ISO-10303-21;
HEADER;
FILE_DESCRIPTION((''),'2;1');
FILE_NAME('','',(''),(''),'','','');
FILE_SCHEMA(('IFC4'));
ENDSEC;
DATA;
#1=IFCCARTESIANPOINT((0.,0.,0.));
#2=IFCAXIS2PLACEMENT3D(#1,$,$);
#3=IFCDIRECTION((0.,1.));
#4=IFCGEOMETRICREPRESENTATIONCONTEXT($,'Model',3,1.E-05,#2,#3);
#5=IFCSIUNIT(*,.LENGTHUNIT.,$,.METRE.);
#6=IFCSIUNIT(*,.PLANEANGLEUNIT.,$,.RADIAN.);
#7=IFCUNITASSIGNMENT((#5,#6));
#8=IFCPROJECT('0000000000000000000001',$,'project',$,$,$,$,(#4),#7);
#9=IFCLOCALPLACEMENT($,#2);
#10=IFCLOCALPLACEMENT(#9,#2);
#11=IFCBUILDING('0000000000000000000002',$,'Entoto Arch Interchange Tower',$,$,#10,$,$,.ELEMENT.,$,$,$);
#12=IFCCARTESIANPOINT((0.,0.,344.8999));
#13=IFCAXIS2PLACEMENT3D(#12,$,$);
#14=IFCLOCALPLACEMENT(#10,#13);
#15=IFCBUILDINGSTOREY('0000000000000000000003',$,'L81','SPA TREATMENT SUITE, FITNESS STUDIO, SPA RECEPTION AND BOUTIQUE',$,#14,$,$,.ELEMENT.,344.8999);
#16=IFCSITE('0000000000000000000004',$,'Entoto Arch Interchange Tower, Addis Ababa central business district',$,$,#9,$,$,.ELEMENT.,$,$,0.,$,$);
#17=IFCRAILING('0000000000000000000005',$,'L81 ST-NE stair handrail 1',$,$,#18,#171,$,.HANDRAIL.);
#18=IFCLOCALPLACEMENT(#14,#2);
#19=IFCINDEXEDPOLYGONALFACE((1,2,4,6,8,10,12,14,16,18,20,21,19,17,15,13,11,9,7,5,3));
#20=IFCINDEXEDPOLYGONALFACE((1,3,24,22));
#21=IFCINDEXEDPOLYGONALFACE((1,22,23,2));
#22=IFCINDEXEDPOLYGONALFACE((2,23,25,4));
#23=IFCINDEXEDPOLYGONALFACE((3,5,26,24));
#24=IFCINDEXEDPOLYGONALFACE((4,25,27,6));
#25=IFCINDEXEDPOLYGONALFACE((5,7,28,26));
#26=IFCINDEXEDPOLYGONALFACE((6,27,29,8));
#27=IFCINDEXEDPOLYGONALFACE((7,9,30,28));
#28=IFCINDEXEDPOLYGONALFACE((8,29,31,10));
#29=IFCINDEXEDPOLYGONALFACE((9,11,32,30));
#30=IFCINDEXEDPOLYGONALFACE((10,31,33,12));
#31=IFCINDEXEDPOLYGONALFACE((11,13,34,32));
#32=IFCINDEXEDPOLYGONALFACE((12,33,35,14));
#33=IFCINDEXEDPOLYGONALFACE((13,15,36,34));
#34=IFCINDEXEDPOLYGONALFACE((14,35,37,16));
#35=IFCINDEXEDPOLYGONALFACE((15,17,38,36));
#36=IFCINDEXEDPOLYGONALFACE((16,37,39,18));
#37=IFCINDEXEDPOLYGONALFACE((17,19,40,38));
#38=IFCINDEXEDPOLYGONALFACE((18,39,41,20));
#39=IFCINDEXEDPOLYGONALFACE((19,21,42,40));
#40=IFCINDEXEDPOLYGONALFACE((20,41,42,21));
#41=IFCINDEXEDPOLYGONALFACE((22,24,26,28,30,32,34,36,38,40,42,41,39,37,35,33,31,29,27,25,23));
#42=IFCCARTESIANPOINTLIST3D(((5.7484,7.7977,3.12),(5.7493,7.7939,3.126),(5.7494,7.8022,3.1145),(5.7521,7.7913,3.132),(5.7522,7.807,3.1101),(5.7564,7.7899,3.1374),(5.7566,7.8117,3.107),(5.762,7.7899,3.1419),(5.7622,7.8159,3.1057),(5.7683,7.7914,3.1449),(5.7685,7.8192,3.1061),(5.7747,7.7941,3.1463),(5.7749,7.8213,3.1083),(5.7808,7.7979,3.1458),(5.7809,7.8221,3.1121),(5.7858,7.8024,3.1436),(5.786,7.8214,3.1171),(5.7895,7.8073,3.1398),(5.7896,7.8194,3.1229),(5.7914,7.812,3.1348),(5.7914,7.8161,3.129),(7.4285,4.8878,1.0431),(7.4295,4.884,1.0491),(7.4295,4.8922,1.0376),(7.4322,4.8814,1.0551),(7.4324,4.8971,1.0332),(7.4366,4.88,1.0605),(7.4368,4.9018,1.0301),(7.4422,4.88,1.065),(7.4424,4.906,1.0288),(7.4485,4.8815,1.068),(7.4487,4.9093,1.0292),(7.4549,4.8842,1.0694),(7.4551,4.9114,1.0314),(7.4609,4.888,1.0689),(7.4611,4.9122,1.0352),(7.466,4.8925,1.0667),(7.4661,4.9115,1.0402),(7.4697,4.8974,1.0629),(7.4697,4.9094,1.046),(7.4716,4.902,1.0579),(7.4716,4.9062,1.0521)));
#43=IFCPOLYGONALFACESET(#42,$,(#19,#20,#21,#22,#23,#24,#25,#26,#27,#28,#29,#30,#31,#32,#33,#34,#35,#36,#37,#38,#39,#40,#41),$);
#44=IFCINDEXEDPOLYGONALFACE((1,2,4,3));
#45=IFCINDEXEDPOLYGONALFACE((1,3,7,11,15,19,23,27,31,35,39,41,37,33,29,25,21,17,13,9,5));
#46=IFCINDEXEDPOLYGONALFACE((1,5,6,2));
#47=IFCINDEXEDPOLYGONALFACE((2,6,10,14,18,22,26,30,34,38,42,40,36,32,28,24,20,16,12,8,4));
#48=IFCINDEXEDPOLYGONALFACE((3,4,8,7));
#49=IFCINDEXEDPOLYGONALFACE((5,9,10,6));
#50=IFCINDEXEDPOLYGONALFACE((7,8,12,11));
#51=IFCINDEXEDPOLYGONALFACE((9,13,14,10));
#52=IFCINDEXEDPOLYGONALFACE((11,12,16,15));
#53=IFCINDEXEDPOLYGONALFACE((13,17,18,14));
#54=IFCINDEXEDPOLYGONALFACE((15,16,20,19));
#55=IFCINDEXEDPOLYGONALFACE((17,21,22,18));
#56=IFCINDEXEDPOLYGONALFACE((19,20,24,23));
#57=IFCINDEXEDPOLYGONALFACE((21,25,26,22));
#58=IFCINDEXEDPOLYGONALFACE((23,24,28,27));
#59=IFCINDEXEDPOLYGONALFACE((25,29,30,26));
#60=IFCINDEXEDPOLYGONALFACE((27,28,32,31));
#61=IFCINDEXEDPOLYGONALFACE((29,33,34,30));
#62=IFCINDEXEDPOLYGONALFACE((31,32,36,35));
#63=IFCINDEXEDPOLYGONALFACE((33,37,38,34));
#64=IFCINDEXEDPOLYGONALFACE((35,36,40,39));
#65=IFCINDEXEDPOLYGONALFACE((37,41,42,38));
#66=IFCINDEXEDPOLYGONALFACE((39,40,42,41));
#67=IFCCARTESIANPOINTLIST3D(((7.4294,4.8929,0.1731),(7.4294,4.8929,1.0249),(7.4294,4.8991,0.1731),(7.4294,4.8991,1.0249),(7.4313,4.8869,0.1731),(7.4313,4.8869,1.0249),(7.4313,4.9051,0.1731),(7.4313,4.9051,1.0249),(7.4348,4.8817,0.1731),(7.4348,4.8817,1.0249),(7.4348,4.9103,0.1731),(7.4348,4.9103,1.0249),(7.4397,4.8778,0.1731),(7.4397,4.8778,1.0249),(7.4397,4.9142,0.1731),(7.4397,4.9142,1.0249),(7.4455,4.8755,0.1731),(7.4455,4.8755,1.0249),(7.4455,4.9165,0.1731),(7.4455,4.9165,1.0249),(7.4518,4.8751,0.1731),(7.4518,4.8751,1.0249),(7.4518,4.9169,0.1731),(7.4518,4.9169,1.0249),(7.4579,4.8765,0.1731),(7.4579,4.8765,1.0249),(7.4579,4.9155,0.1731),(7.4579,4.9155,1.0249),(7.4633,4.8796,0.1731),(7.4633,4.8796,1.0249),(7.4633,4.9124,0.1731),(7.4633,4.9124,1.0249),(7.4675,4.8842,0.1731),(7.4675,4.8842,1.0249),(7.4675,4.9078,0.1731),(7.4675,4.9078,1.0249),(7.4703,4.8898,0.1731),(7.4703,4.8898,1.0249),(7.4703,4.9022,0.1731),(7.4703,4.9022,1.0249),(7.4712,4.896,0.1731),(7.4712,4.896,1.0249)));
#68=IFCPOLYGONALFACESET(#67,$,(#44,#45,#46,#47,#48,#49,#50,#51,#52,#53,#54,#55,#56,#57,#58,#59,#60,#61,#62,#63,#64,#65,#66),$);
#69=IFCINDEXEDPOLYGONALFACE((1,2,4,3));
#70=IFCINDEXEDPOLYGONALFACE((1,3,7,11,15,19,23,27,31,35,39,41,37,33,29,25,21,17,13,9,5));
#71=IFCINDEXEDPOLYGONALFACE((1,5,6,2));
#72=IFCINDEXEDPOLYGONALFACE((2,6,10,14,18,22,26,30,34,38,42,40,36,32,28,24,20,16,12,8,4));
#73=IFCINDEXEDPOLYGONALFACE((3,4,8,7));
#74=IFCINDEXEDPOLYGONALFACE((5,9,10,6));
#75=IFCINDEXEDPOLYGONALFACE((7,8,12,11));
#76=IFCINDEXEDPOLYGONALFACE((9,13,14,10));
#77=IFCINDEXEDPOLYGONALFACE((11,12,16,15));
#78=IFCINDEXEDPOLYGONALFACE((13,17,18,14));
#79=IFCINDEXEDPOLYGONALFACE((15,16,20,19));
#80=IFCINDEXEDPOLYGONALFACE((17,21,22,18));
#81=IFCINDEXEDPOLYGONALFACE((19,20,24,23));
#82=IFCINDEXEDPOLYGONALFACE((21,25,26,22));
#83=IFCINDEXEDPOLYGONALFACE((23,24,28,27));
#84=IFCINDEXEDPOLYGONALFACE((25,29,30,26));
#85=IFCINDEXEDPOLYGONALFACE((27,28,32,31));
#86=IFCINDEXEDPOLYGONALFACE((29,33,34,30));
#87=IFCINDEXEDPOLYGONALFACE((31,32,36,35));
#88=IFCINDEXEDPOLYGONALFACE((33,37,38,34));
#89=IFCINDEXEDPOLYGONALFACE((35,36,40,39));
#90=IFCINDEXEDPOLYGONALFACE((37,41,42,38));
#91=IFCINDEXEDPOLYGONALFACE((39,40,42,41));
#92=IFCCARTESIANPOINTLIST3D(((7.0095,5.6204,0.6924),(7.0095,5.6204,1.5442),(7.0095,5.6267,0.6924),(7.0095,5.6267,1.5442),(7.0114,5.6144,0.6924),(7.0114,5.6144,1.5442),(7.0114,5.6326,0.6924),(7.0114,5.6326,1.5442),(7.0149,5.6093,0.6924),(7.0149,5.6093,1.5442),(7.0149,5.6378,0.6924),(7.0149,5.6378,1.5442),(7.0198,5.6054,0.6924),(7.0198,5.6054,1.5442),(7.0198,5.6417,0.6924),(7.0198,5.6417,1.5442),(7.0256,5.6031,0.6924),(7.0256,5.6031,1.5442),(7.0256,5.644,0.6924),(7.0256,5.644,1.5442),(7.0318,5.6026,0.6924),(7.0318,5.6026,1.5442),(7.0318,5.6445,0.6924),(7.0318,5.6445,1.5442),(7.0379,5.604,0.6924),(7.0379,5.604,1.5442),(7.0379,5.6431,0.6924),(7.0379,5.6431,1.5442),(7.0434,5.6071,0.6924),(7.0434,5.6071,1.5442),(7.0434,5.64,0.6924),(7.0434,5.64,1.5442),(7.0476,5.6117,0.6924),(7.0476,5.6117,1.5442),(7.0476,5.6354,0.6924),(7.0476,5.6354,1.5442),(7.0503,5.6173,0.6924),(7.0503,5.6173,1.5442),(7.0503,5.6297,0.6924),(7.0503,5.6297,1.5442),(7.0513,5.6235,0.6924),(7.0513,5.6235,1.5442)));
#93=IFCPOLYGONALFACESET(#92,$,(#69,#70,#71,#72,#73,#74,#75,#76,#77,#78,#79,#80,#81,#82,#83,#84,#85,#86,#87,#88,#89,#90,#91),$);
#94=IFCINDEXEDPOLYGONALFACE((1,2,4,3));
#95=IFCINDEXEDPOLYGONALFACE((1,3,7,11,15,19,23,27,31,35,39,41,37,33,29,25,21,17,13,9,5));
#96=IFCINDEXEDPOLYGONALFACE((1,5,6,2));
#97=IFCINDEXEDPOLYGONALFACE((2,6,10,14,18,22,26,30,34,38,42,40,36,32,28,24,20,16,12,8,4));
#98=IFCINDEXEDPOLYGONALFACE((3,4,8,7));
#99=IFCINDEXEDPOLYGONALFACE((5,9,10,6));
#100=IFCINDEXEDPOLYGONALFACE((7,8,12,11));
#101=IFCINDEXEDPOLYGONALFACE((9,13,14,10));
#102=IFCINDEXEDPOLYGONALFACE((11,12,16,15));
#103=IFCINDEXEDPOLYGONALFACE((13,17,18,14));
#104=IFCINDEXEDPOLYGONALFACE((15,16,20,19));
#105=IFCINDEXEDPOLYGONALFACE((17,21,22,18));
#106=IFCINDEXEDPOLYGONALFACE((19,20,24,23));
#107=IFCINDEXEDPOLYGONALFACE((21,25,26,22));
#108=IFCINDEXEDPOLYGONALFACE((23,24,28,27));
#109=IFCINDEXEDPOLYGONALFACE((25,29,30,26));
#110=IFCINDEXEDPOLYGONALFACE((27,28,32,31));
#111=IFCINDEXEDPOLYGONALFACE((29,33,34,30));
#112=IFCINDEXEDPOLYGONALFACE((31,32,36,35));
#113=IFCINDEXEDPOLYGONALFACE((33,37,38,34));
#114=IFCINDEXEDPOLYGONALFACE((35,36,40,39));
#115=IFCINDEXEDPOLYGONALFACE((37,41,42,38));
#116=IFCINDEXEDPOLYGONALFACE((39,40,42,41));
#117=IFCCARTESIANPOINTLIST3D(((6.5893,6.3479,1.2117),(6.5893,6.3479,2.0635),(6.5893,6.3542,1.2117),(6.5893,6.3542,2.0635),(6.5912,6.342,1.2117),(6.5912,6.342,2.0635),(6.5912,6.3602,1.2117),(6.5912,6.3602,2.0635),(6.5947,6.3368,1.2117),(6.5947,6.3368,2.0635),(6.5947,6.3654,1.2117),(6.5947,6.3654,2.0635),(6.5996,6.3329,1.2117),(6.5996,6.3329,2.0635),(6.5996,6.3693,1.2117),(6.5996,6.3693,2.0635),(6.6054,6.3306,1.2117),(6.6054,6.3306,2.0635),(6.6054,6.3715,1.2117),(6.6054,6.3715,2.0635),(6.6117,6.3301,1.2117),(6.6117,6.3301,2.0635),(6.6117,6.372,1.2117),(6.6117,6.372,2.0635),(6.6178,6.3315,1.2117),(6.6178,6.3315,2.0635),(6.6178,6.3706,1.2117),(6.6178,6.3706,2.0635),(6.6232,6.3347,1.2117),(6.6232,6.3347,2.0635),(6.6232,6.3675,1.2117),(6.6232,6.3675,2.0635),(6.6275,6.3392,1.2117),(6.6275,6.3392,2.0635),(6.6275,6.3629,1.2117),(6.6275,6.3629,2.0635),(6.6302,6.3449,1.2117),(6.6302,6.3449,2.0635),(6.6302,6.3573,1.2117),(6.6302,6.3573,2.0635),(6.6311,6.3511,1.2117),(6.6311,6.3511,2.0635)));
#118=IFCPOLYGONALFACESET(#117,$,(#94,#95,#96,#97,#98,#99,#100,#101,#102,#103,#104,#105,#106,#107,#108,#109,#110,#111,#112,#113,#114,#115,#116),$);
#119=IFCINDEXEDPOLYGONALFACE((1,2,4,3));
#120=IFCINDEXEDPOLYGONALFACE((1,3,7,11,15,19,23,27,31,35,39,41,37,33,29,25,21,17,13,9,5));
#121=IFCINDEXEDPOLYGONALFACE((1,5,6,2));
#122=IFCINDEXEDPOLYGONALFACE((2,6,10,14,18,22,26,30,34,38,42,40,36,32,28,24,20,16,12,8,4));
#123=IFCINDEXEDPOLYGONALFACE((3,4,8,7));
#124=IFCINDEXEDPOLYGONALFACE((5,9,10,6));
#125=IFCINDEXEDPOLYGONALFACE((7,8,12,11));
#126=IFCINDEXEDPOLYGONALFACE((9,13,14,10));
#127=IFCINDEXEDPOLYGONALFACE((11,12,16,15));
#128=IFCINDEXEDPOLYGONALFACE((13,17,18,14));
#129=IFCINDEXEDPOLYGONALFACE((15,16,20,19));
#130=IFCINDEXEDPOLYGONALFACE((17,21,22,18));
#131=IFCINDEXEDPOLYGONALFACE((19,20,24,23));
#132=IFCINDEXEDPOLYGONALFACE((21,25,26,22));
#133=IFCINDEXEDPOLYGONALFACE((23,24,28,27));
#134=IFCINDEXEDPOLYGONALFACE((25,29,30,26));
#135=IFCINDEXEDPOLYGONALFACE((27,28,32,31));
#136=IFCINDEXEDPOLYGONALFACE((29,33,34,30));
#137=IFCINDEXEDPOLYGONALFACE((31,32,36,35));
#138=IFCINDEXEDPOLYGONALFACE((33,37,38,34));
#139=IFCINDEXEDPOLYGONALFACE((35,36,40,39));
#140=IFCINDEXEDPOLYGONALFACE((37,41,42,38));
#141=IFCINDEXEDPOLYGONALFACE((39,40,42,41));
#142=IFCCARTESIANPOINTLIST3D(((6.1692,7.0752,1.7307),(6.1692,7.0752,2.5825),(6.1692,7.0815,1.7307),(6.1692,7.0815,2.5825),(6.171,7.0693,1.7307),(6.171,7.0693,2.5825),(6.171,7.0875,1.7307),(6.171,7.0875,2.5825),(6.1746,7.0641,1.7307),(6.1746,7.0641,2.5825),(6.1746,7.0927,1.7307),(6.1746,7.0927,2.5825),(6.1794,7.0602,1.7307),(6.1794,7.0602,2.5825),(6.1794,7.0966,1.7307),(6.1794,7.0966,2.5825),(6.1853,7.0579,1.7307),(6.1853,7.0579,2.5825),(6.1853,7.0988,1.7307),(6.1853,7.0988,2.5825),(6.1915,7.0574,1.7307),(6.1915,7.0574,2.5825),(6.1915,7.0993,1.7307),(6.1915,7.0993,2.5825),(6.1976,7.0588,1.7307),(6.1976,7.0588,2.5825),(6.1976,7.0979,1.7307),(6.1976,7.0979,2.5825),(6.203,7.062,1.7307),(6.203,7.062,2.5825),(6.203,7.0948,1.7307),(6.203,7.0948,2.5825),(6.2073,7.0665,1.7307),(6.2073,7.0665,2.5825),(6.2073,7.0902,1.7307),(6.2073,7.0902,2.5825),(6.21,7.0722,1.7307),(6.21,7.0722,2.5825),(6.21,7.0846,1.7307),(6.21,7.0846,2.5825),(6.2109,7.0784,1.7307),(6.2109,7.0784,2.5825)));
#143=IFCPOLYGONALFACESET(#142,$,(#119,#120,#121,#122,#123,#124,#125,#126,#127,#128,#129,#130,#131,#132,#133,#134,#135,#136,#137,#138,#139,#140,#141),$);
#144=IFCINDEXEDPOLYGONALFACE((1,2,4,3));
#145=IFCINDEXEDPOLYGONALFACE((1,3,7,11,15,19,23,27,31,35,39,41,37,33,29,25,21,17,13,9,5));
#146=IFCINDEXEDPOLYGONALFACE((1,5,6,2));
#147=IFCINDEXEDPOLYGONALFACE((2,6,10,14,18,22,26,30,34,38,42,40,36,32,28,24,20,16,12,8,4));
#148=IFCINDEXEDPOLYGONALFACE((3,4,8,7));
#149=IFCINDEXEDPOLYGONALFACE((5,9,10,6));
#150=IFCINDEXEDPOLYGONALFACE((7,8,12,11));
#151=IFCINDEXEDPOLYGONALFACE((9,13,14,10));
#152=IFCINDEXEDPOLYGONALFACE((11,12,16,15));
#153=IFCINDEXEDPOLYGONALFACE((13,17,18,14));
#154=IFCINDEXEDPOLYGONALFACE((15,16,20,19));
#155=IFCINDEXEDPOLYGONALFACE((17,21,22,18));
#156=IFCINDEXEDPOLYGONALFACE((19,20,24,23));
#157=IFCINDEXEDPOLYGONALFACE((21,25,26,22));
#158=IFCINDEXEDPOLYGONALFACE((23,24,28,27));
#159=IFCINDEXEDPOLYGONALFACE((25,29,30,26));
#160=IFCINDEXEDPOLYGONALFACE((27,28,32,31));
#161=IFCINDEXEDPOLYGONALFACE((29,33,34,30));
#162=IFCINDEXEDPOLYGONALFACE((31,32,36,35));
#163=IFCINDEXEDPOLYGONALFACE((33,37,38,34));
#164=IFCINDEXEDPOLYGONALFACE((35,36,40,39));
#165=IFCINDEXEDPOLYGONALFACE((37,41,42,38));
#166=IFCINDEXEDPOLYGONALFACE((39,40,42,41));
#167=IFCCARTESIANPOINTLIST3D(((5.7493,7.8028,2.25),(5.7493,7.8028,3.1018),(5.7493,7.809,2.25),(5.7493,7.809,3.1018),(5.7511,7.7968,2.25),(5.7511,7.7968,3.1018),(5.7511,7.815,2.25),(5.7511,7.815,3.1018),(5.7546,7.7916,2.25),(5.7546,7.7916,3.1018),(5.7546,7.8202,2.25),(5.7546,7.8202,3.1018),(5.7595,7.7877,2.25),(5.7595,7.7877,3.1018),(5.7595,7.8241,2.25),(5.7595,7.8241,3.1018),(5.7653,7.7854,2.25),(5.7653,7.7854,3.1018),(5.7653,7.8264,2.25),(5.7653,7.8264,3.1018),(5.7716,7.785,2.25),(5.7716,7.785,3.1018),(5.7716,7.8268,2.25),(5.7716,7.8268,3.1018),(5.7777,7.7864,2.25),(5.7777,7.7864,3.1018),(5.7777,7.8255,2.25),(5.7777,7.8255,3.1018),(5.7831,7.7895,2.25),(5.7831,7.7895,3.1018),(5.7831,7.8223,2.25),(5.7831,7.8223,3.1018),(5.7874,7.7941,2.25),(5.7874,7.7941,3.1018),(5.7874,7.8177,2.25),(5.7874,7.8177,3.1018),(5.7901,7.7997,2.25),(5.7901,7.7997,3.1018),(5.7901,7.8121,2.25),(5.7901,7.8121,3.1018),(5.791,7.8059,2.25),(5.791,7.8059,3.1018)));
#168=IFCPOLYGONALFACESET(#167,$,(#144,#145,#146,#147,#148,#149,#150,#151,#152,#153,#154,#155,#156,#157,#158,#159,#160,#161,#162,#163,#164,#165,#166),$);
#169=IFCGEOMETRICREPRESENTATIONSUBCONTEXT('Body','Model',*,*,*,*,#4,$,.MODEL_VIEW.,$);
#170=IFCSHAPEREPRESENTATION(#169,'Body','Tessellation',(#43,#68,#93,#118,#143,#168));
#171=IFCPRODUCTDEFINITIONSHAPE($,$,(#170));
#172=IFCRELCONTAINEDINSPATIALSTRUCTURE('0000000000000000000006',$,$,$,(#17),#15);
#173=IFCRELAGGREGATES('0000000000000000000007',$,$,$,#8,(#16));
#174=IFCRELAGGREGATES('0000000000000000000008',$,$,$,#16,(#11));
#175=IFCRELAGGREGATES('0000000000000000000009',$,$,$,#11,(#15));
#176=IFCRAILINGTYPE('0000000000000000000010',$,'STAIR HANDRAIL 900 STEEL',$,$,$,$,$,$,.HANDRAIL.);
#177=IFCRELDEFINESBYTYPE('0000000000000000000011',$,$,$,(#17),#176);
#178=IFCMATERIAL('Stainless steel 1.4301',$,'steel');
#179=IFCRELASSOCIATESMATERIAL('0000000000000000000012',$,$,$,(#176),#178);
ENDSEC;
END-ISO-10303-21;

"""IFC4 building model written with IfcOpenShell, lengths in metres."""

from ifc_helpers import new_model, si_unit, direction, frame, origin, origin_2d, place, context, subcontext, project, spatial, circle, extrude, material, type_object, element, save


model = new_model("IFC4")

# Units and contexts
model_context = context("Model", 3, precision=1e-05, world=origin(), true_north=direction((0.0, 1.0)))
body_context = subcontext(model_context, "Body", "Model", "MODEL_VIEW")
ifc_project = project(units=[si_unit("LENGTHUNIT", "METRE"), si_unit("PLANEANGLEUNIT", "RADIAN")], contexts=[model_context])

# Site, building, storey
site_placement = place(None, origin())
site = spatial("IfcSite", under=ifc_project, at=site_placement, Name="Entoto Arch Interchange Tower, Addis Ababa central business district", CompositionType="ELEMENT", RefElevation=0.0)
building_placement = place(site_placement, origin())
building = spatial("IfcBuilding", under=site, at=building_placement, Name="Entoto Arch Interchange Tower", CompositionType="ELEMENT")
storey_placement = place(building_placement, frame((0.0, 0.0, 344.8999)))
storey = spatial("IfcBuildingStorey", under=building, at=storey_placement, Name="L81", Description="SPA TREATMENT SUITE, FITNESS STUDIO, SPA RECEPTION AND BOUTIQUE", CompositionType="ELEMENT", Elevation=344.8999)

# Railing
ifc_material_1 = material(Name="Stainless steel 1.4301", Category="steel")
railing_type_1 = type_object("IfcRailingType", Name="STAIR HANDRAIL 900 STEEL", PredefinedType="HANDRAIL", material=ifc_material_1)
railing_1_placement = place(storey_placement, frame((7.4502, 4.896, 0.1731)))
element("IfcRailing", 1, at=railing_1_placement, inside=storey, type_object=railing_type_1, Name="L81 ST-NE stair handrail 1", PredefinedType="HANDRAIL", context=body_context, shape_type="SweptSolid", body=[
    extrude(circle(Radius=0.0239, at=origin_2d()), frame((0.0, 0.0, 0.876), z_axis=(-0.425339, 0.736649, 0.525771), x_axis=(-0.866008, -0.500031, 0.0)), (0.0, 0.0, 1.0), 3.9502),
    extrude(circle(Radius=0.021, at=origin_2d()), origin(), (0.0, 0.0, 1.0), 0.8518),
    extrude(circle(Radius=0.021, at=origin_2d()), frame((-0.4199, 0.7275, 0.5193)), (0.0, 0.0, 1.0), 0.8518),
    extrude(circle(Radius=0.021, at=origin_2d()), frame((-0.8401, 1.4551, 1.0386)), (0.0, 0.0, 1.0), 0.8518),
    extrude(circle(Radius=0.021, at=origin_2d()), frame((-1.2603, 2.1824, 1.5576)), (0.0, 0.0, 1.0), 0.8518),
    extrude(circle(Radius=0.021, at=origin_2d()), frame((-1.6802, 2.9099, 2.0769)), (0.0, 0.0, 1.0), 0.8518),
])

save(model, "model.ifc")
